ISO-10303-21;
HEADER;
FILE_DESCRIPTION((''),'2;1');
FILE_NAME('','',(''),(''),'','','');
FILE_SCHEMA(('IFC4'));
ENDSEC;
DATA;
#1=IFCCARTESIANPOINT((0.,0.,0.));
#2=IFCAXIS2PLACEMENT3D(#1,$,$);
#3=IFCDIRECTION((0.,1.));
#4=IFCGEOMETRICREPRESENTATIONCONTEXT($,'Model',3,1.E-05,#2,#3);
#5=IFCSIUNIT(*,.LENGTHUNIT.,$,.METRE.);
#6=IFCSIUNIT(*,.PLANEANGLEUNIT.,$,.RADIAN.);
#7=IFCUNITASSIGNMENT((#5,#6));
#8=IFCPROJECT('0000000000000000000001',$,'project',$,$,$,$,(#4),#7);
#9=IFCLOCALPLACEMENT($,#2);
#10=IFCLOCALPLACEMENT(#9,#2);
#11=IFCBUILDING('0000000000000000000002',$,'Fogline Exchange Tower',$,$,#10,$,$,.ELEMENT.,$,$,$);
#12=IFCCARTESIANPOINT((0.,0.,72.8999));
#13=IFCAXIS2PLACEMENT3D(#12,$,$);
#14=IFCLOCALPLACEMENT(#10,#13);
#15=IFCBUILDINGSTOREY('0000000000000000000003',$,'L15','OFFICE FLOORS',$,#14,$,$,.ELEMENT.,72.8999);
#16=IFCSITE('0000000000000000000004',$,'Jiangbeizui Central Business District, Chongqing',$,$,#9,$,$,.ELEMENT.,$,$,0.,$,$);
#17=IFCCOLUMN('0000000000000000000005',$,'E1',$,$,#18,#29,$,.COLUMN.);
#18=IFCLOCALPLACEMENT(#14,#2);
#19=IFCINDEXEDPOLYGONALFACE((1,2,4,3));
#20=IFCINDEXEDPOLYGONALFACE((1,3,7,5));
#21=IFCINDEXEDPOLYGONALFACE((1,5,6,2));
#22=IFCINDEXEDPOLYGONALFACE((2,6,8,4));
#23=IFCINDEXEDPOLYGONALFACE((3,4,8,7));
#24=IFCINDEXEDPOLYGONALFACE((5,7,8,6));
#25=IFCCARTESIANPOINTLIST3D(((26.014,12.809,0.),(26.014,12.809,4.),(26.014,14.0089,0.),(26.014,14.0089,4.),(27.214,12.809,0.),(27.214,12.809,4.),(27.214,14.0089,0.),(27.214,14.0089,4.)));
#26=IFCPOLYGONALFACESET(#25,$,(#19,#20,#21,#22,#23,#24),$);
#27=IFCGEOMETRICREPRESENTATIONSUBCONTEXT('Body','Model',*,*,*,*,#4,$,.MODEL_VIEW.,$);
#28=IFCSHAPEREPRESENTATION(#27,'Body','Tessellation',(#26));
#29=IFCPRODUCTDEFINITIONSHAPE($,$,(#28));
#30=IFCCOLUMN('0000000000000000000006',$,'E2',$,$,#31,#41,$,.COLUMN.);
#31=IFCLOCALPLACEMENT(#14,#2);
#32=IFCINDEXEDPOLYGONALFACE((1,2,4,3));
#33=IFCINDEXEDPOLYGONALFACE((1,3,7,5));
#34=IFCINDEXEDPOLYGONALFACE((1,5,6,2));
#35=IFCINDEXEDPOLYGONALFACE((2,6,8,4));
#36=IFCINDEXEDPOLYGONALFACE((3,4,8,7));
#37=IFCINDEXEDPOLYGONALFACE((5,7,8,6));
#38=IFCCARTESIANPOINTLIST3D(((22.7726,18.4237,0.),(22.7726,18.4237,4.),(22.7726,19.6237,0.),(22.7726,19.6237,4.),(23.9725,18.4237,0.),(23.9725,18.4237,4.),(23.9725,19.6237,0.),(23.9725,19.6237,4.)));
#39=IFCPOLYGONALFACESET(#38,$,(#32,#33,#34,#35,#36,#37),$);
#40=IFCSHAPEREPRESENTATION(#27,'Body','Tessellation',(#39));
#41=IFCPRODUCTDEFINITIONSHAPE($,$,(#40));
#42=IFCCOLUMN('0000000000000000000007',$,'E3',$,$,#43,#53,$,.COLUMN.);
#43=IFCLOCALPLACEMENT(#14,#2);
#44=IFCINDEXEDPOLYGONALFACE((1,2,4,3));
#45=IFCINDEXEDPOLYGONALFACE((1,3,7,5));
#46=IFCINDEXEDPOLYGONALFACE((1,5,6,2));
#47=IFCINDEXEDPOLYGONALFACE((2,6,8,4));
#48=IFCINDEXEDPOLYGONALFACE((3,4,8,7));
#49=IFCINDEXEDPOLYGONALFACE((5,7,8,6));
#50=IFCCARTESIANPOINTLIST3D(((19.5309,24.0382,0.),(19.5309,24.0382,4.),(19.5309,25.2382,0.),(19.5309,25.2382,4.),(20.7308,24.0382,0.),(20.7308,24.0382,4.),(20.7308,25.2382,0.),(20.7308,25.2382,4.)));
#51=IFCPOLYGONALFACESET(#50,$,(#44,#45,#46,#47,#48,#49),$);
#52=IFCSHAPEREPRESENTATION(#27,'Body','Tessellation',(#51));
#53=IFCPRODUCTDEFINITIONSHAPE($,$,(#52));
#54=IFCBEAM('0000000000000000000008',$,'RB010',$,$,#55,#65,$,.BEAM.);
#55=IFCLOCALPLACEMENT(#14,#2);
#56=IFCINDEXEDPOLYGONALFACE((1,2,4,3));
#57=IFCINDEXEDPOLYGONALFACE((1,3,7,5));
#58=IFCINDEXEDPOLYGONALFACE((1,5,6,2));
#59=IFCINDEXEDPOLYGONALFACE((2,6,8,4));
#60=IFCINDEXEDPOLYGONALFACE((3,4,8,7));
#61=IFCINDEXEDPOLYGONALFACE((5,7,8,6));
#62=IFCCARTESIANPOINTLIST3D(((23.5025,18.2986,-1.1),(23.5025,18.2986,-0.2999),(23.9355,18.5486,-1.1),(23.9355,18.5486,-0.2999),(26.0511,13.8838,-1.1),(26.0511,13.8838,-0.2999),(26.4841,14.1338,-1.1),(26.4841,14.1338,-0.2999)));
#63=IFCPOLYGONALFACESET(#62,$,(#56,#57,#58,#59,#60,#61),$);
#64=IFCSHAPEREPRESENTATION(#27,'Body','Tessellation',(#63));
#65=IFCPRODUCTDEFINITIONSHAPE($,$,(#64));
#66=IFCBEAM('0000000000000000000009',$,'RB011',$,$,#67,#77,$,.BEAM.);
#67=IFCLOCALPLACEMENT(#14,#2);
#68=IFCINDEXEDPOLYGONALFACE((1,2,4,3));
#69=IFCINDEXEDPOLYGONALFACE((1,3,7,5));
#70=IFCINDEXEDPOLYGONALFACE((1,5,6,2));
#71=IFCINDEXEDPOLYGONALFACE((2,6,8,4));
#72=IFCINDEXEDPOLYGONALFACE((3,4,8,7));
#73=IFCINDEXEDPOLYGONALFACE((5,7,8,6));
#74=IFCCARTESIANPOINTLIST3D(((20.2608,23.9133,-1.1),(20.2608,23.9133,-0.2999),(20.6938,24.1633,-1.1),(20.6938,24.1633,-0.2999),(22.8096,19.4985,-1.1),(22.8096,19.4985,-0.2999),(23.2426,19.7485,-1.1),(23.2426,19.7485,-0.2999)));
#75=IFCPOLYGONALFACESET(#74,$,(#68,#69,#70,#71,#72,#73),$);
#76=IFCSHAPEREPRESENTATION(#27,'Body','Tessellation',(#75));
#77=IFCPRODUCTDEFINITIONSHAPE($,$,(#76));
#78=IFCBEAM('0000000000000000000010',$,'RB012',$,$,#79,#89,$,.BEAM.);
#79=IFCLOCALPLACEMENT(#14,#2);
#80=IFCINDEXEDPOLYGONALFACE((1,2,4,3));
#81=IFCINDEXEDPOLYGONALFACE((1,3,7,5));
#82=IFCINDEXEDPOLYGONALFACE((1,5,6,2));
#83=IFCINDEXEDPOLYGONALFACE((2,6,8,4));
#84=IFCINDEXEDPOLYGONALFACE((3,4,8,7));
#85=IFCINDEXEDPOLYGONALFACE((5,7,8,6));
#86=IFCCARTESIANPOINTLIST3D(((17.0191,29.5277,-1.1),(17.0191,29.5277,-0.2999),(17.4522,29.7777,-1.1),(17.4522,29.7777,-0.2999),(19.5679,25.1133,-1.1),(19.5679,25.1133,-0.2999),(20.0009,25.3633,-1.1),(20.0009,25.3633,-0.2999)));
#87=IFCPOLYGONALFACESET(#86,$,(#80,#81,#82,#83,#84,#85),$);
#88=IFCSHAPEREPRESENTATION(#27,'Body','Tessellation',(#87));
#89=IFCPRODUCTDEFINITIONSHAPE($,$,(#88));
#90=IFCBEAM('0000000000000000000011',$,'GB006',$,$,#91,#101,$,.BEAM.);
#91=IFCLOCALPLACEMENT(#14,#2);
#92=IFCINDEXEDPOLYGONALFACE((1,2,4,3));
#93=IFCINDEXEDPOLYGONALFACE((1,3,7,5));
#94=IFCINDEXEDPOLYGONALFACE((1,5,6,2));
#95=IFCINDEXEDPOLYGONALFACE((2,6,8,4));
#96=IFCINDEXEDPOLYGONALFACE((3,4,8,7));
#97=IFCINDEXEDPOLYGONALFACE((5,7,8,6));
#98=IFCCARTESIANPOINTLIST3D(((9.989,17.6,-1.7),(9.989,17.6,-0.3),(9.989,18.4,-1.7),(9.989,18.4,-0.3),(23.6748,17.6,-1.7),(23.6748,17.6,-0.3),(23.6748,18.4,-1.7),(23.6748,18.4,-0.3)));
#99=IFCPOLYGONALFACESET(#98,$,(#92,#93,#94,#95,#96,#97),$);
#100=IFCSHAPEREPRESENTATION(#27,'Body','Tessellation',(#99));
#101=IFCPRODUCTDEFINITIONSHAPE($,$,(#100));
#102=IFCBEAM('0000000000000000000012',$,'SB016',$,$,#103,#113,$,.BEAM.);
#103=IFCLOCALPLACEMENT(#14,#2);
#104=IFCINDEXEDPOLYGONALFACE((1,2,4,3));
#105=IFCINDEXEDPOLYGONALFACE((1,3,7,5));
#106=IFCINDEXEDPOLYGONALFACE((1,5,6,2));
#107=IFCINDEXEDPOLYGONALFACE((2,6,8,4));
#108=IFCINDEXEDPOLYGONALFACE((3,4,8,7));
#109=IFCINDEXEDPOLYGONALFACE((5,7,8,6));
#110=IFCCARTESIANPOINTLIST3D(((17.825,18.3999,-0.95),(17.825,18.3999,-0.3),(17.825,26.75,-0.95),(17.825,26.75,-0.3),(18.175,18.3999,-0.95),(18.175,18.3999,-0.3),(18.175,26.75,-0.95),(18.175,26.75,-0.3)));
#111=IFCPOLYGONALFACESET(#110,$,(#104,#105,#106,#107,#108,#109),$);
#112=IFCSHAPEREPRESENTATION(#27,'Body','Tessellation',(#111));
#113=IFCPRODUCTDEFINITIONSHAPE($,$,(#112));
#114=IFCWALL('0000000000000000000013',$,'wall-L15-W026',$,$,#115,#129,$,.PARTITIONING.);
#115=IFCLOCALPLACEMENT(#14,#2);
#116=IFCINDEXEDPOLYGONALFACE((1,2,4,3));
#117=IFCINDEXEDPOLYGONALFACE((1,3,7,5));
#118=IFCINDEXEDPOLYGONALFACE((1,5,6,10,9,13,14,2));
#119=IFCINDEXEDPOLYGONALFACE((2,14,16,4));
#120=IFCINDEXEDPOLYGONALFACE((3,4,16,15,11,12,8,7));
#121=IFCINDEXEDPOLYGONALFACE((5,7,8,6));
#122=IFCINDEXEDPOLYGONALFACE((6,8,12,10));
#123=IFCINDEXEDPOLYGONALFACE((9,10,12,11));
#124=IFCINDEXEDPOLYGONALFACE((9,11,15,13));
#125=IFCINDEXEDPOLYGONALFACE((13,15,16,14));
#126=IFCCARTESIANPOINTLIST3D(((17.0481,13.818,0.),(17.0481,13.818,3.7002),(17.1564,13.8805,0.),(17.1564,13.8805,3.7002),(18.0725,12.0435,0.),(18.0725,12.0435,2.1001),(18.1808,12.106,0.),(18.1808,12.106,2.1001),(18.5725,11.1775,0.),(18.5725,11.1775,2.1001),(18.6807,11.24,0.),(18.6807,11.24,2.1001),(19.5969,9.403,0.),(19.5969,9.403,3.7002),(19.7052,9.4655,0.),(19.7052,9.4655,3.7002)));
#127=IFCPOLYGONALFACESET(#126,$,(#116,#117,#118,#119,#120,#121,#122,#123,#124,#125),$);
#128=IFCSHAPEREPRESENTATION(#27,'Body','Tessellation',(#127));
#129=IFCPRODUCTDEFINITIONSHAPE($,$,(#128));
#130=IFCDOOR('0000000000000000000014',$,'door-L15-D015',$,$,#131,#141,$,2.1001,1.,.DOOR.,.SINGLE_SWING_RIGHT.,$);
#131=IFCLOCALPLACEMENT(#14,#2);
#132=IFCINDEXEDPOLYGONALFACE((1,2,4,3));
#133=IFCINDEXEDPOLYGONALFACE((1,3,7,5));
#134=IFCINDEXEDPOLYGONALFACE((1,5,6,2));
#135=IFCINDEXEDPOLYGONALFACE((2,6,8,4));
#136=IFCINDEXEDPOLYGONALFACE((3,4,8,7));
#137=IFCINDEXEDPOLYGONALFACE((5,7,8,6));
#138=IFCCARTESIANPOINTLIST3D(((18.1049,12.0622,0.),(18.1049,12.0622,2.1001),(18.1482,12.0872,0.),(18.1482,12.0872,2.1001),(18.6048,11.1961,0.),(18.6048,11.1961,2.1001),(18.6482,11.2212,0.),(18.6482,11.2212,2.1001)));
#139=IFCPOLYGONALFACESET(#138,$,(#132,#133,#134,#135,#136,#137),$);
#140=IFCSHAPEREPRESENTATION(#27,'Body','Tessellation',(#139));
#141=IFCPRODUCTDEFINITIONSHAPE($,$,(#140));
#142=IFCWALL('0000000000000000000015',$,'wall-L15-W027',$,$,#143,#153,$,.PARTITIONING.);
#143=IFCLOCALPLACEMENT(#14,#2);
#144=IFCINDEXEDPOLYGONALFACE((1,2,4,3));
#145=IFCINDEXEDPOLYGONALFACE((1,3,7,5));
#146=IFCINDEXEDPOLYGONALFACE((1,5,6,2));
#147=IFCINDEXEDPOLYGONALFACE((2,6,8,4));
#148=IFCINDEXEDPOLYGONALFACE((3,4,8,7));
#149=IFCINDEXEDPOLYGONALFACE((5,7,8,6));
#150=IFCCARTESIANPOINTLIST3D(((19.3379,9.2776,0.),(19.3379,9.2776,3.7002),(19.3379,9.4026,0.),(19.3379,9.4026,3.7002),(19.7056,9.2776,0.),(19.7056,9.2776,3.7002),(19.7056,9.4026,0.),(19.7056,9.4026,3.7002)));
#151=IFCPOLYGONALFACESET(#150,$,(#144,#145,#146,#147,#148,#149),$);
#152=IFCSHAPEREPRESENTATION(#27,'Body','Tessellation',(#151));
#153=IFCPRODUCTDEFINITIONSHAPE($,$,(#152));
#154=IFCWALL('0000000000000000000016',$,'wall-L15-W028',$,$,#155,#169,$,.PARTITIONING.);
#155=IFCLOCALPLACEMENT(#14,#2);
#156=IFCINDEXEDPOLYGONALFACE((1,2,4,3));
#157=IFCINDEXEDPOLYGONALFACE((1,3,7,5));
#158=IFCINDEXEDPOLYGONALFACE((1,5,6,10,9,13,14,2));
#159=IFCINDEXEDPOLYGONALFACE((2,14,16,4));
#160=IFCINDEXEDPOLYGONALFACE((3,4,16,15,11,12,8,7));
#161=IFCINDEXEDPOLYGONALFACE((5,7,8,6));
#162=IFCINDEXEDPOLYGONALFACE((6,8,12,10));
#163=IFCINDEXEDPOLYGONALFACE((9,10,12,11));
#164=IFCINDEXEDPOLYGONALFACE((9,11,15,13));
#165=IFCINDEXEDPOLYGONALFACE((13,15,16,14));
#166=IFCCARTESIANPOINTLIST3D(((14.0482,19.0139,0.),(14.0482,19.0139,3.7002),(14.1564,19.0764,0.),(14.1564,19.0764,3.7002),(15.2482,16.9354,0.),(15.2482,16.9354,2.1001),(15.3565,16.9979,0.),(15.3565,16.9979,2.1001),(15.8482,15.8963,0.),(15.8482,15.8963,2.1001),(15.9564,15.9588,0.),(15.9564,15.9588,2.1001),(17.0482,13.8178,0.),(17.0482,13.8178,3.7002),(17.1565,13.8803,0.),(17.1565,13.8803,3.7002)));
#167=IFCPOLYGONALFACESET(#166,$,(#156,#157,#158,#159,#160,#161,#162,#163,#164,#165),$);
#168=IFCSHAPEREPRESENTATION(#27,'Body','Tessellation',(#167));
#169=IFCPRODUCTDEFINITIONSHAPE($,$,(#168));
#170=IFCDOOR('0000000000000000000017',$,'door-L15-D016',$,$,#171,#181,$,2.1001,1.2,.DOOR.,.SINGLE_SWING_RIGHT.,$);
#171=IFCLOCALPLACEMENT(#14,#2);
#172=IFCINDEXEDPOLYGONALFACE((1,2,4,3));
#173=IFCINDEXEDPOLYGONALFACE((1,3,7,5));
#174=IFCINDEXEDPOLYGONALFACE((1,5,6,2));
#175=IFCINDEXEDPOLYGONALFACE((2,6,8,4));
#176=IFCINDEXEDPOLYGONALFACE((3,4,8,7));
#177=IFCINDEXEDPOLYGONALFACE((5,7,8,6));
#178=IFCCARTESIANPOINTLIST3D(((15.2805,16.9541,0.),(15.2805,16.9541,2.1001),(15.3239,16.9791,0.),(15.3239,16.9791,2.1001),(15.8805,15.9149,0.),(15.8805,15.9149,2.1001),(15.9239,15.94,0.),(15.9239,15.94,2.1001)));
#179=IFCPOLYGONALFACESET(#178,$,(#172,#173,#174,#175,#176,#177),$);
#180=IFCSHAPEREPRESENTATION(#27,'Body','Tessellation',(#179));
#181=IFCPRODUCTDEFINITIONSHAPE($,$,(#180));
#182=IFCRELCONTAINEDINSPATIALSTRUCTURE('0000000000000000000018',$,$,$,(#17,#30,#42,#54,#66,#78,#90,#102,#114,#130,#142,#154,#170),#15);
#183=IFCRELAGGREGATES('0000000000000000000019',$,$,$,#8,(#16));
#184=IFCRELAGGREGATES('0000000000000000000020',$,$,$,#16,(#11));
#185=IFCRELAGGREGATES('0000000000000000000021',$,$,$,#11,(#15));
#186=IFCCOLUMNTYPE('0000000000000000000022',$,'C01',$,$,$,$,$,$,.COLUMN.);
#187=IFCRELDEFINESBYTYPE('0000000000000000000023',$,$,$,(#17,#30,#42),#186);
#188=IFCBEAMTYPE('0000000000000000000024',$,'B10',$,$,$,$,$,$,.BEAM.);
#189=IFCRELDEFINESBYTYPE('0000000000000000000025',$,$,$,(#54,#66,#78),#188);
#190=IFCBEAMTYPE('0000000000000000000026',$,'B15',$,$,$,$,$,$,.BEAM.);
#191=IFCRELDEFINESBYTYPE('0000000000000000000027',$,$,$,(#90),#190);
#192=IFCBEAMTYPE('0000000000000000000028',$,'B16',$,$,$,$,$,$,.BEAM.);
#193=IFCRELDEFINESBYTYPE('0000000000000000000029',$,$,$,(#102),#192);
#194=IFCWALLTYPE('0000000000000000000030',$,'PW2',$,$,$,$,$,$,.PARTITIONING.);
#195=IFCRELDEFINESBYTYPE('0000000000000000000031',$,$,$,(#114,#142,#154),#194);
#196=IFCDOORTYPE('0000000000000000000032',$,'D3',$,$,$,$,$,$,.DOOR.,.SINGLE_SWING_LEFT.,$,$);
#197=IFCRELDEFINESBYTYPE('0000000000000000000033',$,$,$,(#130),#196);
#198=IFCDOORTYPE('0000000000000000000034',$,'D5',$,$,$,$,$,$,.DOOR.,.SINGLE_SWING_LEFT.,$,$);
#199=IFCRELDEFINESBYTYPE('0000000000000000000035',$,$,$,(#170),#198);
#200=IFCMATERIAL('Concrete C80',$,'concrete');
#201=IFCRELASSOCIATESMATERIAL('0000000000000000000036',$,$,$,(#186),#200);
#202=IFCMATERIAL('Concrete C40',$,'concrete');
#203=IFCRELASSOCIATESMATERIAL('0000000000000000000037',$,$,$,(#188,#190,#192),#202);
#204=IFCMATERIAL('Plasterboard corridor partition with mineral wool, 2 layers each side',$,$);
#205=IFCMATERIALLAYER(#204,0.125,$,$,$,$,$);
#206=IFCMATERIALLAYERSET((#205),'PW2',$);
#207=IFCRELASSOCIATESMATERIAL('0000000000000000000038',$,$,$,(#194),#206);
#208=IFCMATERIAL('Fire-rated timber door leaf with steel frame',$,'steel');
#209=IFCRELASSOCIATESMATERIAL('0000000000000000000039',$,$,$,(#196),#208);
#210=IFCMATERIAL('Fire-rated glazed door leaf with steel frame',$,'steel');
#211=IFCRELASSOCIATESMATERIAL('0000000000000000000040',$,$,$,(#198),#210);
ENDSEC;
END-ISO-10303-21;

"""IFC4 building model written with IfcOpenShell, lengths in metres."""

from ifc_helpers import new_model, si_unit, direction, frame, frame_2d, origin, origin_2d, place, context, subcontext, project, spatial, rectangle, extrude, material, layer, layer_set, material_profile, profile_set, type_object, element, fill, save


model = new_model("IFC4")

# Units and contexts
model_context = context("Model", 3, precision=1e-05, world=origin(), true_north=direction((0.0, 1.0)))
body_context = subcontext(model_context, "Body", "Model", "MODEL_VIEW")
ifc_project = project(units=[si_unit("LENGTHUNIT", "METRE"), si_unit("PLANEANGLEUNIT", "RADIAN")], contexts=[model_context])

# Site, building, storey
site_placement = place(None, origin())
site = spatial("IfcSite", under=ifc_project, at=site_placement, Name="Jiangbeizui Central Business District, Chongqing", CompositionType="ELEMENT", RefElevation=0.0)
building_placement = place(site_placement, origin())
building = spatial("IfcBuilding", under=site, at=building_placement, Name="Fogline Exchange Tower", CompositionType="ELEMENT")
storey_placement = place(building_placement, frame((0.0, 0.0, 72.8999)))
storey = spatial("IfcBuildingStorey", under=building, at=storey_placement, Name="L15", Description="OFFICE FLOORS", CompositionType="ELEMENT", Elevation=72.8999)

# Columns
ifc_material_1 = material(Name="Concrete C80", Category="concrete")
ifc_material_profile_1 = material_profile(ifc_material_1, rectangle(XDim=1.2, YDim=1.2, at=origin_2d()), Name="RC 1200x1200")
ifc_profile_set_1 = profile_set([ifc_material_profile_1], Name="Concrete C80")
column_type = type_object("IfcColumnType", Name="C01", PredefinedType="COLUMN", material=ifc_profile_set_1)
for number, where, z_axis, x_axis, name in (
    (1, (26.614, 13.4089, 0.0), (0.0, 0.0, 1.0), (1.0, 0.0, 0.0), "E1"),
    (2, (23.3726, 19.0237, 0.0), (0.0, 0.0, 1.0), (1.0, 0.0, 0.0), "E2"),
    (3, (20.1309, 24.6382, 0.0), (0.0, 0.0, 1.0), (1.0, 0.0, 0.0), "E3"),
):
    element("IfcColumn", number, at=place(storey_placement, frame(where, z_axis=z_axis, x_axis=x_axis)), inside=storey, type_object=column_type, Name=name, PredefinedType="COLUMN", context=body_context, shape_type="SweptSolid", body=[
        extrude(rectangle(XDim=1.2, YDim=1.2, at=origin_2d()), origin(), (0.0, 0.0, 1.0), 4.0),
    ])

# Beams
ifc_material_2 = material(Name="Concrete C40", Category="concrete")
ifc_material_profile_2 = material_profile(ifc_material_2, rectangle(XDim=0.5, YDim=0.8, at=origin_2d()), Name="RC 500x800")
ifc_profile_set_2 = profile_set([ifc_material_profile_2], Name="Concrete C40")
beam_type_1 = type_object("IfcBeamType", Name="B10", PredefinedType="BEAM", material=ifc_profile_set_2)
for number, where, z_axis, x_axis, name in (
    (4, (26.2676, 14.0088, -0.7), (-0.499956, 0.866051, 0.0), (-0.866051, -0.499956, 0.0), "RB010"),
    (5, (23.0261, 19.6235, -0.7), (-0.499992, 0.86603, 0.0), (-0.86603, -0.499992, 0.0), "RB011"),
):
    element("IfcBeam", number, at=place(storey_placement, frame(where, z_axis=z_axis, x_axis=x_axis)), inside=storey, type_object=beam_type_1, Name=name, PredefinedType="BEAM", context=body_context, shape_type="SweptSolid", body=[
        extrude(rectangle(XDim=0.5, YDim=0.8, at=origin_2d()), origin(), (0.0, 0.0, 1.0), 5.0977),
    ])
beam_1_placement = place(storey_placement, frame((19.7844, 25.2383, -0.7), z_axis=(-0.500013, 0.866018, 0.0), x_axis=(-0.866018, -0.500013, 0.0)))
element("IfcBeam", 6, at=beam_1_placement, inside=storey, type_object=beam_type_1, Name="RB012", PredefinedType="BEAM", context=body_context, shape_type="SweptSolid", body=[
    extrude(rectangle(XDim=0.5, YDim=0.8, at=origin_2d()), origin(), (0.0, 0.0, 1.0), 5.0974),
])
ifc_material_profile_3 = material_profile(ifc_material_2, rectangle(XDim=0.8, YDim=1.3999, at=origin_2d()), Name="RC 800x1400")
ifc_profile_set_3 = profile_set([ifc_material_profile_3], Name="Concrete C40")
beam_type_2 = type_object("IfcBeamType", Name="B15", PredefinedType="BEAM", material=ifc_profile_set_3)
beam_2_placement = place(storey_placement, frame((9.989, 18.0, -1.0), z_axis=(1.0, 0.0, 0.0), x_axis=(0.0, 1.0, 0.0)))
element("IfcBeam", 7, at=beam_2_placement, inside=storey, type_object=beam_type_2, Name="GB006", PredefinedType="BEAM", context=body_context, shape_type="SweptSolid", body=[
    extrude(rectangle(XDim=0.8, YDim=1.3999, at=origin_2d()), origin(), (0.0, 0.0, 1.0), 13.6858),
])
ifc_material_profile_4 = material_profile(ifc_material_2, rectangle(XDim=0.3501, YDim=0.6499, at=origin_2d()), Name="RC 350x650")
ifc_profile_set_4 = profile_set([ifc_material_profile_4], Name="Concrete C40")
beam_type_3 = type_object("IfcBeamType", Name="B16", PredefinedType="BEAM", material=ifc_profile_set_4)
beam_3_placement = place(storey_placement, frame((18.0, 18.3999, -0.625), z_axis=(0.0, 1.0, 0.0), x_axis=(-1.0, 0.0, 0.0)))
element("IfcBeam", 8, at=beam_3_placement, inside=storey, type_object=beam_type_3, Name="SB016", PredefinedType="BEAM", context=body_context, shape_type="SweptSolid", body=[
    extrude(rectangle(XDim=0.3501, YDim=0.6499, at=origin_2d()), origin(), (0.0, 0.0, 1.0), 8.3501),
])

# Wall, opening, door
ifc_material_3 = material(Name="Plasterboard corridor partition with mineral wool, 2 layers each side")
ifc_layer_1 = layer(ifc_material_3, 0.125)
ifc_layer_set_1 = layer_set([ifc_layer_1], Name="PW2")
wall_type_1 = type_object("IfcWallType", Name="PW2", PredefinedType="PARTITIONING", material=ifc_layer_set_1)
wall_1_placement = place(storey_placement, frame((17.1023, 13.8491, 0.0), z_axis=(0.0, 0.0, 1.0), x_axis=(0.499971, -0.866042, 0.0)))
wall_1 = element("IfcWall", 9, at=wall_1_placement, inside=storey, type_object=wall_type_1, Name="wall-L15-W026", PredefinedType="PARTITIONING", context=body_context, shape_type="SweptSolid", body=[
    extrude(rectangle(XDim=5.0979, YDim=0.125, at=frame_2d((2.5488, 0.0))), origin(), (0.0, 0.0, 1.0), 3.7002),
])
opening_1_placement = place(wall_1_placement, frame((2.0488, 0.0, 0.0)))
opening_1 = element("IfcOpeningElement", 10, at=opening_1_placement, cuts=wall_1, PredefinedType="OPENING", context=body_context, shape_type="SweptSolid", body=[
    extrude(rectangle(XDim=1.0, YDim=2.1001, at=frame_2d((0.5, 1.05))), frame((0.0, 0.0725, 0.0), z_axis=(0.0, -1.0, 0.0), x_axis=(1.0, 0.0, 0.0)), (0.0, 0.0, 1.0), 0.145),
])
ifc_material_4 = material(Name="Fire-rated timber door leaf with steel frame", Category="steel")
door_type_1 = type_object("IfcDoorType", Name="D3", OperationType="SINGLE_SWING_LEFT", PredefinedType="DOOR", material=ifc_material_4)
door_1_placement = place(opening_1_placement, origin())
door_1 = element("IfcDoor", 11, at=door_1_placement, inside=storey, type_object=door_type_1, Name="door-L15-D015", OperationType="SINGLE_SWING_RIGHT", OverallHeight=2.1001, OverallWidth=1.0, PredefinedType="DOOR", context=body_context, shape_type="SweptSolid", body=[
    extrude(rectangle(XDim=1.0, YDim=2.1001, at=frame_2d((0.5, 1.05))), frame((0.0, 0.0249, 0.0), z_axis=(0.0, -1.0, 0.0), x_axis=(1.0, 0.0, 0.0)), (0.0, 0.0, 1.0), 0.05),
])
fill(opening_1, door_1)

# Wall
wall_2_placement = place(storey_placement, frame((19.7056, 9.3401, 0.0), z_axis=(0.0, 0.0, 1.0), x_axis=(-1.0, 0.0, 0.0)))
element("IfcWall", 12, at=wall_2_placement, inside=storey, type_object=wall_type_1, Name="wall-L15-W027", PredefinedType="PARTITIONING", context=body_context, shape_type="SweptSolid", body=[
    extrude(rectangle(XDim=0.3677, YDim=0.125, at=frame_2d((0.1838, 0.0))), origin(), (0.0, 0.0, 1.0), 3.7002),
])

# Wall, opening, door
wall_3_placement = place(storey_placement, frame((14.1023, 19.0452, 0.0), z_axis=(0.0, 0.0, 1.0), x_axis=(0.500008, -0.866021, 0.0)))
wall_3 = element("IfcWall", 13, at=wall_3_placement, inside=storey, type_object=wall_type_1, Name="wall-L15-W028", PredefinedType="PARTITIONING", context=body_context, shape_type="SweptSolid", body=[
    extrude(rectangle(XDim=6.0, YDim=0.125, at=frame_2d((3.0, 0.0))), origin(), (0.0, 0.0, 1.0), 3.7002),
])
opening_2_placement = place(wall_3_placement, frame((2.3999, 0.0, 0.0)))
opening_2 = element("IfcOpeningElement", 14, at=opening_2_placement, cuts=wall_3, PredefinedType="OPENING", context=body_context, shape_type="SweptSolid", body=[
    extrude(rectangle(XDim=1.2, YDim=2.1001, at=frame_2d((0.6001, 1.05))), frame((0.0, 0.0725, 0.0), z_axis=(0.0, -1.0, 0.0), x_axis=(1.0, 0.0, 0.0)), (0.0, 0.0, 1.0), 0.145),
])
ifc_material_5 = material(Name="Fire-rated glazed door leaf with steel frame", Category="steel")
door_type_2 = type_object("IfcDoorType", Name="D5", OperationType="SINGLE_SWING_LEFT", PredefinedType="DOOR", material=ifc_material_5)
door_2_placement = place(opening_2_placement, origin())
door_2 = element("IfcDoor", 15, at=door_2_placement, inside=storey, type_object=door_type_2, Name="door-L15-D016", OperationType="SINGLE_SWING_RIGHT", OverallHeight=2.1001, OverallWidth=1.2, PredefinedType="DOOR", context=body_context, shape_type="SweptSolid", body=[
    extrude(rectangle(XDim=1.2, YDim=2.1001, at=frame_2d((0.6001, 1.05))), frame((0.0, 0.0249, 0.0), z_axis=(0.0, -1.0, 0.0), x_axis=(1.0, 0.0, 0.0)), (0.0, 0.0, 1.0), 0.05),
])
fill(opening_2, door_2)

save(model, "model.ifc")
